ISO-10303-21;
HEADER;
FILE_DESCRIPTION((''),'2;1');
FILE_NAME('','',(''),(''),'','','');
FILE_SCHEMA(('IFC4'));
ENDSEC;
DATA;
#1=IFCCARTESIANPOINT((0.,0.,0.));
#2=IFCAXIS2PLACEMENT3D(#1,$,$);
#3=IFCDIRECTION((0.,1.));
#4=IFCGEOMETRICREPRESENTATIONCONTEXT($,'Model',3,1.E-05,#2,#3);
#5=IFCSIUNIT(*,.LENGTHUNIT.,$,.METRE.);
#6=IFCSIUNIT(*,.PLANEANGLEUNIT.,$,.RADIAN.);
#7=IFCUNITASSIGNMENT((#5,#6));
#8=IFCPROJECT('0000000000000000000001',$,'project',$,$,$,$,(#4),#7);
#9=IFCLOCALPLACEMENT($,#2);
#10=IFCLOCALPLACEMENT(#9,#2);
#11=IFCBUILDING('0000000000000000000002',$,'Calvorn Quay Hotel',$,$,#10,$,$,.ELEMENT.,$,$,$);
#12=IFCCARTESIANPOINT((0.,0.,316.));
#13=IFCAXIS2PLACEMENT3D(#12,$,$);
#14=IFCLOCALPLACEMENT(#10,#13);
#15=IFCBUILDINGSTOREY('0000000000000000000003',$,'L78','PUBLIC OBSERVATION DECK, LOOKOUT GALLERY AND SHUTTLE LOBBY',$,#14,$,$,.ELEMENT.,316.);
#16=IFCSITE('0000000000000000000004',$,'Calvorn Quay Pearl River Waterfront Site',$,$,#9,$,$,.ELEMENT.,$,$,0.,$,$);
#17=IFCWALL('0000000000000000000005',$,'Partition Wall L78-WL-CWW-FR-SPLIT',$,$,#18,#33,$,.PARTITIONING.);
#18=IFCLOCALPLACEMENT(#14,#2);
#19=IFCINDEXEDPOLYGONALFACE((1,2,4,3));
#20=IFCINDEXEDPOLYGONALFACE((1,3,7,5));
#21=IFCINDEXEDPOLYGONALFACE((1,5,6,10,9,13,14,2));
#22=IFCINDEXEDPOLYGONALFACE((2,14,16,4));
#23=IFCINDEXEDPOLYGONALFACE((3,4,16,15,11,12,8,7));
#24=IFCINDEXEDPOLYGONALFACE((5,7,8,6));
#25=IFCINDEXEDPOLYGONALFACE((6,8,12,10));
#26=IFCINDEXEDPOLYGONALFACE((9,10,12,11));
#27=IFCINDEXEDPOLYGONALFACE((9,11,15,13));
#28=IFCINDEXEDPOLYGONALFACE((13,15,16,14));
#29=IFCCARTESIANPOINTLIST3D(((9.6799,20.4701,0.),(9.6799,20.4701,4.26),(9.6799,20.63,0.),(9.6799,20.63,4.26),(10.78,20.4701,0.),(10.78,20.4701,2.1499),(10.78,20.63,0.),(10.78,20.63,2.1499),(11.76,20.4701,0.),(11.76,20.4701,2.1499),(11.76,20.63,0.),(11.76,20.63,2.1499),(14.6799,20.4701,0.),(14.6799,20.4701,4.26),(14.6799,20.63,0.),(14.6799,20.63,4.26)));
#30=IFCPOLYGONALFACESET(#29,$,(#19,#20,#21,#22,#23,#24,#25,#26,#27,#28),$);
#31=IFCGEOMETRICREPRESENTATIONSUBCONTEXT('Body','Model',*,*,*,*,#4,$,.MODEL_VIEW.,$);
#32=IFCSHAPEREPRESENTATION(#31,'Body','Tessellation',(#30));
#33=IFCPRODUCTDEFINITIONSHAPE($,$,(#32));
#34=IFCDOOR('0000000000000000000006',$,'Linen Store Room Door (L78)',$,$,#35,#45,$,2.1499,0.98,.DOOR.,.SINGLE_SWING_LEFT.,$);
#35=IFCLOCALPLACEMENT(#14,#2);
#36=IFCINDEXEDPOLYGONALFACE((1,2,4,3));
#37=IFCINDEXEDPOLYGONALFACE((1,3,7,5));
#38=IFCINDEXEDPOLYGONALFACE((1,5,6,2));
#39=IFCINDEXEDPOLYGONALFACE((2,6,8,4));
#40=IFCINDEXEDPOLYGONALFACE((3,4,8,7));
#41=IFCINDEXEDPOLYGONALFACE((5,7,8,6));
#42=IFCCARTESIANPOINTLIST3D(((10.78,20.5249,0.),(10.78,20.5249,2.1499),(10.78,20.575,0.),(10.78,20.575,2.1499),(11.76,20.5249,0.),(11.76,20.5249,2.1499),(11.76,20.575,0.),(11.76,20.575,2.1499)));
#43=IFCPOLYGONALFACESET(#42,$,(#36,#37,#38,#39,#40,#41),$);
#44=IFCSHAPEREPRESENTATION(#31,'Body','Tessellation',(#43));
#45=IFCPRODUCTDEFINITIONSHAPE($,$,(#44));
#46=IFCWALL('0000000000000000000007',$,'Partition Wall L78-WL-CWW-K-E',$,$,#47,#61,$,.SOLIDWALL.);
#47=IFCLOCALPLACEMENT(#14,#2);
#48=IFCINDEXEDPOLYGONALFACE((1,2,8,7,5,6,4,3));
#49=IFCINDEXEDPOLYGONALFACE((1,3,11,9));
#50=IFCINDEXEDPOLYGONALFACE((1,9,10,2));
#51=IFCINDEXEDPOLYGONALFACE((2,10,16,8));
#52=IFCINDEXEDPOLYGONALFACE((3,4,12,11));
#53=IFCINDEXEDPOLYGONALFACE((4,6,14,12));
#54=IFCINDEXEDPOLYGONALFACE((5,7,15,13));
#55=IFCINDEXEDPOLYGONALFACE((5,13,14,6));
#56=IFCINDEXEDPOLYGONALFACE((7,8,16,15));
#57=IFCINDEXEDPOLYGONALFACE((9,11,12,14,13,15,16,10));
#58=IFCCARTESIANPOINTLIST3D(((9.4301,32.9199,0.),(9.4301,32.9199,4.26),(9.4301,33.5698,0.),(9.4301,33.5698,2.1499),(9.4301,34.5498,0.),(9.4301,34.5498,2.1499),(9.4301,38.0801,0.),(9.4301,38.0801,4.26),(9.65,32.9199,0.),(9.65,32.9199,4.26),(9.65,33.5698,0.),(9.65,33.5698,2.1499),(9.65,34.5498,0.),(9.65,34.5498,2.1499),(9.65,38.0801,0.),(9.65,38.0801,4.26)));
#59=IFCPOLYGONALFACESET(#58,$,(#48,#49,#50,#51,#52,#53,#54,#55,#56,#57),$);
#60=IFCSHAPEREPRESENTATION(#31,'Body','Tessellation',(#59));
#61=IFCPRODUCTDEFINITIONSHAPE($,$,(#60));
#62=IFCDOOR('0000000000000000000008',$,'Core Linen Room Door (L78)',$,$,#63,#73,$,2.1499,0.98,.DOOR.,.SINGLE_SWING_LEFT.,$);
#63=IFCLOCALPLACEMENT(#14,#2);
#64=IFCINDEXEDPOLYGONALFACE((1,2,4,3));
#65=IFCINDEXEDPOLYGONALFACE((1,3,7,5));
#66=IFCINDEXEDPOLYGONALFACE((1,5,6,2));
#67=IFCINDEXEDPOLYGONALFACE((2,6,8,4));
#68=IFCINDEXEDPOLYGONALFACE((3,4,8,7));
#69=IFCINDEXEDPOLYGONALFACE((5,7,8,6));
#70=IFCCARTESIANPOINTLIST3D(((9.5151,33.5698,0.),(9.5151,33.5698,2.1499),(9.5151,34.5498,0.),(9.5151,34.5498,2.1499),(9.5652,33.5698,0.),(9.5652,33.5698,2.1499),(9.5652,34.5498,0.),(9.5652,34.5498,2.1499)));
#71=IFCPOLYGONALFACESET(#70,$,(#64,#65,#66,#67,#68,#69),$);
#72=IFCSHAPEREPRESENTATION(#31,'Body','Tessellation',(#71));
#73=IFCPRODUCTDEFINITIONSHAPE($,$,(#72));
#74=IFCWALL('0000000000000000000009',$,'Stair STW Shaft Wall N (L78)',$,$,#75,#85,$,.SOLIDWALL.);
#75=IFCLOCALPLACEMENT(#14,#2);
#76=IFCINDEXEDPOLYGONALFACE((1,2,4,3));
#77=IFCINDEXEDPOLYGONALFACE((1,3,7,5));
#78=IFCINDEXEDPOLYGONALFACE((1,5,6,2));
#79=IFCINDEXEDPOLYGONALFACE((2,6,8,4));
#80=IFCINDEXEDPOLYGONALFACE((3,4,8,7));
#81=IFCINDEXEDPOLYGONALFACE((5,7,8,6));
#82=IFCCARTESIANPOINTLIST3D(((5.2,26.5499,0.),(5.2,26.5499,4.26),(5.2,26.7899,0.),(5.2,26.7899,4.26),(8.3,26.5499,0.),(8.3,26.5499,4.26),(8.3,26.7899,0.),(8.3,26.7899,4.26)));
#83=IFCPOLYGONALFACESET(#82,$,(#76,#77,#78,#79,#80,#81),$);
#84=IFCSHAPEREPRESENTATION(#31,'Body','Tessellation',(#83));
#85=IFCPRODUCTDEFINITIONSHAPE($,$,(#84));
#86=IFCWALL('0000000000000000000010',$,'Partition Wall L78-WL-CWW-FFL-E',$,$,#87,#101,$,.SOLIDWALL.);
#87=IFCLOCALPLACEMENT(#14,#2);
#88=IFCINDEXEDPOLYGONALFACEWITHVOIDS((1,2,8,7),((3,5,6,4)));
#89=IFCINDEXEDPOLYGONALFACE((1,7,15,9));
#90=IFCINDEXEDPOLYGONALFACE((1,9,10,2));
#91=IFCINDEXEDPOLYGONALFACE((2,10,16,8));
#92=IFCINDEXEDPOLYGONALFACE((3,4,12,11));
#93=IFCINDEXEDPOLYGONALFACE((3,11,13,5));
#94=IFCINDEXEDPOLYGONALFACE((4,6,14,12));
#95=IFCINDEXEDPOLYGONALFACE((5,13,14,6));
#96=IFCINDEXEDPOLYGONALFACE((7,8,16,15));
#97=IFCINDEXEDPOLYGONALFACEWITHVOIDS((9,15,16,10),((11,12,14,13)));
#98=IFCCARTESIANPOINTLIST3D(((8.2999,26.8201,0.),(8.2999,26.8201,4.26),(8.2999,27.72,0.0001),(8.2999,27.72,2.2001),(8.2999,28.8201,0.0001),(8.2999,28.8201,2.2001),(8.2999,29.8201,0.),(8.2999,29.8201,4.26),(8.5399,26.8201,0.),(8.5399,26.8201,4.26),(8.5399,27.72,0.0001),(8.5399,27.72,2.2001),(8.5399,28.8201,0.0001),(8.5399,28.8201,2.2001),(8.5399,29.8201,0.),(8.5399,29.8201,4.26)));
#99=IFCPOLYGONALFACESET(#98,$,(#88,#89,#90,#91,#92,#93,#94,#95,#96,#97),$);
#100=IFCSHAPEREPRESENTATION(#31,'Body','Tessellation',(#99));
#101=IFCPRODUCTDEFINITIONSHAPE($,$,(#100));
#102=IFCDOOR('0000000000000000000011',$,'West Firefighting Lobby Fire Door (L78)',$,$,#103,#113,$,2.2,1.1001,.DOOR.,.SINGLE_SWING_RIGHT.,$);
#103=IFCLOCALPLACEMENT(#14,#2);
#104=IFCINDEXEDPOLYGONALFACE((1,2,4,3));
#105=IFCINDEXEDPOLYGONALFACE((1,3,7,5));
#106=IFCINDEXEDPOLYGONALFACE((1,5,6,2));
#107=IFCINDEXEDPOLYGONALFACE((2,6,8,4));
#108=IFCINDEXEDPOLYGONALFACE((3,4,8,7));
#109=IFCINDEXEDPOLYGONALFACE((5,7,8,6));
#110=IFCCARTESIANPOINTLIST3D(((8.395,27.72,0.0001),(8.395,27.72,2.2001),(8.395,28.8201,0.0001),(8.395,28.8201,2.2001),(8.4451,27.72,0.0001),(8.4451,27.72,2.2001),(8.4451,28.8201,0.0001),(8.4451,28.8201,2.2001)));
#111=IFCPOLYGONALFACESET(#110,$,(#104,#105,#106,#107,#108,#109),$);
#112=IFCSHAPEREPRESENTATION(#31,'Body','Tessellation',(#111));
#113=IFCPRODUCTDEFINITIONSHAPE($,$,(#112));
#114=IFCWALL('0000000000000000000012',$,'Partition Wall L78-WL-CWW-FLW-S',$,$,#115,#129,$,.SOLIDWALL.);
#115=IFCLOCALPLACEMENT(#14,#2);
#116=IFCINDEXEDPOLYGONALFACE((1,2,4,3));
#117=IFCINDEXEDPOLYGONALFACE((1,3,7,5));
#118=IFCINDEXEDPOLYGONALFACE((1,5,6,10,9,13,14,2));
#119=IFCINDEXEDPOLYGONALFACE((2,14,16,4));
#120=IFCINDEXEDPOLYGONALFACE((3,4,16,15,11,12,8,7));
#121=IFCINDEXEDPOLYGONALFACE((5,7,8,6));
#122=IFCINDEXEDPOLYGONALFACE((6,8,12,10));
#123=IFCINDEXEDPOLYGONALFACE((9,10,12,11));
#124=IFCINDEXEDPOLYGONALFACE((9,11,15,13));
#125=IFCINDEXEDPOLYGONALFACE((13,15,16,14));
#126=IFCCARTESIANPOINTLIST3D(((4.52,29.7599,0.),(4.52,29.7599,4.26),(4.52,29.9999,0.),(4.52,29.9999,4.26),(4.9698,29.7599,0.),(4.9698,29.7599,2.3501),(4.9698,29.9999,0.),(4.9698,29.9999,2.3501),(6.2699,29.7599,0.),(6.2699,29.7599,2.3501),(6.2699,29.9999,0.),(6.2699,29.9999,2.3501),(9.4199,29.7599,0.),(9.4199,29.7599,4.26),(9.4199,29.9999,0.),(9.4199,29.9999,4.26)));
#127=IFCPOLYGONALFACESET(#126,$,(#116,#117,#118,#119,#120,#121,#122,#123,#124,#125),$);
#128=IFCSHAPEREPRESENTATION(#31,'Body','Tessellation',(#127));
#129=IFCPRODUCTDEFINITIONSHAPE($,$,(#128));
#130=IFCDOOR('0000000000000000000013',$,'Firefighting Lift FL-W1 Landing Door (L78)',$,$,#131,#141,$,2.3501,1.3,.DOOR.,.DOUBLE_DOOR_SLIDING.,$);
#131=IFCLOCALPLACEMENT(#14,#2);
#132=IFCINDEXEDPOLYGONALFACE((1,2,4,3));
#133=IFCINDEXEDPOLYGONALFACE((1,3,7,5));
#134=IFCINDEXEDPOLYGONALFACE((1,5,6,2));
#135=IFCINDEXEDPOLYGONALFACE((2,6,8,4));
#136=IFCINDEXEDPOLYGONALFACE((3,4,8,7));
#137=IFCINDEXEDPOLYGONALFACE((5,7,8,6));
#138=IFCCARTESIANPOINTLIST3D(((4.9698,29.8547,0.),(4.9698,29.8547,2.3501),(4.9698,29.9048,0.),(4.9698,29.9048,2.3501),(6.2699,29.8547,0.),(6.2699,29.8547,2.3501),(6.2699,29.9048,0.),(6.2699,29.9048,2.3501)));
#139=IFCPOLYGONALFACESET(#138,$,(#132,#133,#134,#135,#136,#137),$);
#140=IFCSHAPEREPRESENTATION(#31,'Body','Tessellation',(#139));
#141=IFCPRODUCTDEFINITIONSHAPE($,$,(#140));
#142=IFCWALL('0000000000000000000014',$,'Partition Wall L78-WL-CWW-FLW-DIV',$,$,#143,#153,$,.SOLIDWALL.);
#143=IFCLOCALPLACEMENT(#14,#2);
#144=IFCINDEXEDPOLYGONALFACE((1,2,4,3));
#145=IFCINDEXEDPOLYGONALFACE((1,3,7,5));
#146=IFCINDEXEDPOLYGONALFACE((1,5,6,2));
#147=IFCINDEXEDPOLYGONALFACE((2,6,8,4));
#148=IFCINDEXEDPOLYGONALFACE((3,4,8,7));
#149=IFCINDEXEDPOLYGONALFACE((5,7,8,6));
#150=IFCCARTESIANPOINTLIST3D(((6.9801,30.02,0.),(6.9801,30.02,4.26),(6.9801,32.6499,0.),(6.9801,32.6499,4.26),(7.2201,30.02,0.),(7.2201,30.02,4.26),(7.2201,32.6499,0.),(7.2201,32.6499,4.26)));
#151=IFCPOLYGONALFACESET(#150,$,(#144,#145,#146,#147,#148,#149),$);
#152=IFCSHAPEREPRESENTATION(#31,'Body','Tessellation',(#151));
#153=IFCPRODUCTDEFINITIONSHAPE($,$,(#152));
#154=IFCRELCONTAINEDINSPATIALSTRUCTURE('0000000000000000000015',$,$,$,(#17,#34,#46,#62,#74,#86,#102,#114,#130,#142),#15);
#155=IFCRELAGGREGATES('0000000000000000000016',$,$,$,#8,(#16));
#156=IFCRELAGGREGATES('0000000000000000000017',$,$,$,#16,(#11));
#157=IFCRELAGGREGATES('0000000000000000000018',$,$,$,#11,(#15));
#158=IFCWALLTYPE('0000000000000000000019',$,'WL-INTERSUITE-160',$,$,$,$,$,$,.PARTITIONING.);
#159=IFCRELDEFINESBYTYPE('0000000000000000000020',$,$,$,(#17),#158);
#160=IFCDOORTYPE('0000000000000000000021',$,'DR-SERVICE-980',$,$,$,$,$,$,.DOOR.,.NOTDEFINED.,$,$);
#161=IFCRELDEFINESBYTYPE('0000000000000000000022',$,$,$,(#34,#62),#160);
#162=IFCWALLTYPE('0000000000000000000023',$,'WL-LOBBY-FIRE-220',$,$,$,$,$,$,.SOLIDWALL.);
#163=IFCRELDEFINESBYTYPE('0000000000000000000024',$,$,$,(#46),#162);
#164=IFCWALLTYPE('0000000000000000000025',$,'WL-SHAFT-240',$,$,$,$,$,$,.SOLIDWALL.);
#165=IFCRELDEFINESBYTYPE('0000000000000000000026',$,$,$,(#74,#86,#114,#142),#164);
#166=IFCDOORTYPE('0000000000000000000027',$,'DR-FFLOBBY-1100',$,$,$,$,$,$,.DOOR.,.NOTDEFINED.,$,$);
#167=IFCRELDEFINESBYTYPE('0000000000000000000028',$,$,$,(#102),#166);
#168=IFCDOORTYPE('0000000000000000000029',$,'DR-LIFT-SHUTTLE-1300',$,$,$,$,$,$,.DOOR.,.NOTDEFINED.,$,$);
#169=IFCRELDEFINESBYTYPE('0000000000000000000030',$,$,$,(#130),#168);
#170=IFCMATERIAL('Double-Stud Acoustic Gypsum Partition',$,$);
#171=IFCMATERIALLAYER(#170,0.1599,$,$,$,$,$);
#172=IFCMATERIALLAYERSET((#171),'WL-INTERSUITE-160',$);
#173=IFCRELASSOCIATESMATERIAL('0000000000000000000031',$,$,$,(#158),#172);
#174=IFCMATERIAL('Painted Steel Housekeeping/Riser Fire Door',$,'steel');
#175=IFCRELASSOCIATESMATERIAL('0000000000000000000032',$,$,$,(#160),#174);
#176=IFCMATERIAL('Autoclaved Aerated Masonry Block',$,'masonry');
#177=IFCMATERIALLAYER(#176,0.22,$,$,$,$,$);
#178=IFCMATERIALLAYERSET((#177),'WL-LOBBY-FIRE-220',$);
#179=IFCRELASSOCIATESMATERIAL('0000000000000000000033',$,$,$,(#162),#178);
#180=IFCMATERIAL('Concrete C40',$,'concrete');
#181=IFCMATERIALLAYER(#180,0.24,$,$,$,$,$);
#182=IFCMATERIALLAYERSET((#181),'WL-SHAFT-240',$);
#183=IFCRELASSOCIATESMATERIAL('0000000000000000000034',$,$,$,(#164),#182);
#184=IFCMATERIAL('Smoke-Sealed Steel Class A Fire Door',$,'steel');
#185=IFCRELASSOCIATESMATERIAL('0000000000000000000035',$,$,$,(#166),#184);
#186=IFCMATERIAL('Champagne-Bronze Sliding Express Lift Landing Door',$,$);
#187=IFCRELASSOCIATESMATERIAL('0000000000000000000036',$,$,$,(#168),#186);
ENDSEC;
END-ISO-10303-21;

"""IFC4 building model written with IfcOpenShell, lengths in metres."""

from ifc_helpers import new_model, si_unit, direction, frame, frame_2d, origin, place, context, subcontext, project, spatial, rectangle, extrude, material, layer, layer_set, type_object, element, fill, save


model = new_model("IFC4")

# Units and contexts
model_context = context("Model", 3, precision=1e-05, world=origin(), true_north=direction((0.0, 1.0)))
body_context = subcontext(model_context, "Body", "Model", "MODEL_VIEW")
ifc_project = project(units=[si_unit("LENGTHUNIT", "METRE"), si_unit("PLANEANGLEUNIT", "RADIAN")], contexts=[model_context])

# Site, building, storey
site_placement = place(None, origin())
site = spatial("IfcSite", under=ifc_project, at=site_placement, Name="Calvorn Quay Pearl River Waterfront Site", CompositionType="ELEMENT", RefElevation=0.0)
building_placement = place(site_placement, origin())
building = spatial("IfcBuilding", under=site, at=building_placement, Name="Calvorn Quay Hotel", CompositionType="ELEMENT")
storey_placement = place(building_placement, frame((0.0, 0.0, 316.0)))
storey = spatial("IfcBuildingStorey", under=building, at=storey_placement, Name="L78", Description="PUBLIC OBSERVATION DECK, LOOKOUT GALLERY AND SHUTTLE LOBBY", CompositionType="ELEMENT", Elevation=316.0)

# Walls, openings, doors
ifc_material_1 = material(Name="Double-Stud Acoustic Gypsum Partition")
ifc_layer_1 = layer(ifc_material_1, 0.1599)
ifc_layer_set_1 = layer_set([ifc_layer_1], Name="WL-INTERSUITE-160")
wall_type_1 = type_object("IfcWallType", Name="WL-INTERSUITE-160", PredefinedType="PARTITIONING", material=ifc_layer_set_1)
wall_1_placement = place(storey_placement, frame((9.6799, 20.55, 0.0), z_axis=(0.0, 0.0, 1.0), x_axis=(1.0, 0.0, 0.0)))
wall_1 = element("IfcWall", 1, at=wall_1_placement, inside=storey, type_object=wall_type_1, Name="Partition Wall L78-WL-CWW-FR-SPLIT", PredefinedType="PARTITIONING", context=body_context, shape_type="SweptSolid", body=[
    extrude(rectangle(XDim=5.0, YDim=0.1599, at=frame_2d((2.5, 0.0))), origin(), (0.0, 0.0, 1.0), 4.26),
])
opening_1_placement = place(wall_1_placement, frame((1.1001, 0.0, 0.0)))
opening_1 = element("IfcOpeningElement", 2, at=opening_1_placement, cuts=wall_1, PredefinedType="OPENING", context=body_context, shape_type="SweptSolid", body=[
    extrude(rectangle(XDim=0.98, YDim=2.1499, at=frame_2d((0.49, 1.075))), frame((0.0, 0.0898, 0.0), z_axis=(0.0, -1.0, 0.0), x_axis=(1.0, 0.0, 0.0)), (0.0, 0.0, 1.0), 0.1799),
])
ifc_material_2 = material(Name="Painted Steel Housekeeping/Riser Fire Door", Category="steel")
door_type_1 = type_object("IfcDoorType", Name="DR-SERVICE-980", OperationType="NOTDEFINED", PredefinedType="DOOR", material=ifc_material_2)
door_1_placement = place(opening_1_placement, origin())
door_1 = element("IfcDoor", 3, at=door_1_placement, inside=storey, type_object=door_type_1, Name="Linen Store Room Door (L78)", OperationType="SINGLE_SWING_LEFT", OverallHeight=2.1499, OverallWidth=0.98, PredefinedType="DOOR", context=body_context, shape_type="SweptSolid", body=[
    extrude(rectangle(XDim=0.98, YDim=2.1499, at=frame_2d((0.49, 1.075))), frame((0.0, 0.0249, 0.0), z_axis=(0.0, -1.0, 0.0), x_axis=(1.0, 0.0, 0.0)), (0.0, 0.0, 1.0), 0.05),
])
fill(opening_1, door_1)
ifc_material_3 = material(Name="Autoclaved Aerated Masonry Block", Category="masonry")
ifc_layer_2 = layer(ifc_material_3, 0.22)
ifc_layer_set_2 = layer_set([ifc_layer_2], Name="WL-LOBBY-FIRE-220")
wall_type_2 = type_object("IfcWallType", Name="WL-LOBBY-FIRE-220", PredefinedType="SOLIDWALL", material=ifc_layer_set_2)
wall_2_placement = place(storey_placement, frame((9.54, 32.9199, 0.0), z_axis=(0.0, 0.0, 1.0), x_axis=(0.0, 1.0, 0.0)))
wall_2 = element("IfcWall", 4, at=wall_2_placement, inside=storey, type_object=wall_type_2, Name="Partition Wall L78-WL-CWW-K-E", PredefinedType="SOLIDWALL", context=body_context, shape_type="SweptSolid", body=[
    extrude(rectangle(XDim=5.1602, YDim=0.22, at=frame_2d((2.5801, 0.0))), origin(), (0.0, 0.0, 1.0), 4.26),
])
opening_2_placement = place(wall_2_placement, frame((0.6499, 0.0, 0.0)))
opening_2 = element("IfcOpeningElement", 5, at=opening_2_placement, cuts=wall_2, PredefinedType="OPENING", context=body_context, shape_type="SweptSolid", body=[
    extrude(rectangle(XDim=0.98, YDim=2.1499, at=frame_2d((0.49, 1.075))), frame((0.0, 0.1199, 0.0), z_axis=(0.0, -1.0, 0.0), x_axis=(1.0, 0.0, 0.0)), (0.0, 0.0, 1.0), 0.24),
])
door_2_placement = place(opening_2_placement, origin())
door_2 = element("IfcDoor", 6, at=door_2_placement, inside=storey, type_object=door_type_1, Name="Core Linen Room Door (L78)", OperationType="SINGLE_SWING_LEFT", OverallHeight=2.1499, OverallWidth=0.98, PredefinedType="DOOR", context=body_context, shape_type="SweptSolid", body=[
    extrude(rectangle(XDim=0.98, YDim=2.1499, at=frame_2d((0.49, 1.075))), frame((0.0, 0.0249, 0.0), z_axis=(0.0, -1.0, 0.0), x_axis=(1.0, 0.0, 0.0)), (0.0, 0.0, 1.0), 0.05),
])
fill(opening_2, door_2)

# Wall
ifc_material_4 = material(Name="Concrete C40", Category="concrete")
ifc_layer_3 = layer(ifc_material_4, 0.24)
ifc_layer_set_3 = layer_set([ifc_layer_3], Name="WL-SHAFT-240")
wall_type_3 = type_object("IfcWallType", Name="WL-SHAFT-240", PredefinedType="SOLIDWALL", material=ifc_layer_set_3)
wall_3_placement = place(storey_placement, frame((5.2, 26.6699, 0.0), z_axis=(0.0, 0.0, 1.0), x_axis=(1.0, 0.0, 0.0)))
element("IfcWall", 7, at=wall_3_placement, inside=storey, type_object=wall_type_3, Name="Stair STW Shaft Wall N (L78)", PredefinedType="SOLIDWALL", context=body_context, shape_type="SweptSolid", body=[
    extrude(rectangle(XDim=3.1001, YDim=0.24, at=frame_2d((1.55, 0.0))), origin(), (0.0, 0.0, 1.0), 4.26),
])

# Walls, openings, doors
wall_4_placement = place(storey_placement, frame((8.4199, 26.8201, 0.0), z_axis=(0.0, 0.0, 1.0), x_axis=(0.0, 1.0, 0.0)))
wall_4 = element("IfcWall", 8, at=wall_4_placement, inside=storey, type_object=wall_type_3, Name="Partition Wall L78-WL-CWW-FFL-E", PredefinedType="SOLIDWALL", context=body_context, shape_type="SweptSolid", body=[
    extrude(rectangle(XDim=3.0, YDim=0.24, at=frame_2d((1.5, 0.0))), origin(), (0.0, 0.0, 1.0), 4.26),
])
opening_3_placement = place(wall_4_placement, frame((0.8999, 0.0, 0.0)))
opening_3 = element("IfcOpeningElement", 9, at=opening_3_placement, cuts=wall_4, PredefinedType="OPENING", context=body_context, shape_type="SweptSolid", body=[
    extrude(rectangle(XDim=1.1001, YDim=2.2, at=frame_2d((0.55, 1.1001))), frame((0.0, 0.1299, 0.0), z_axis=(0.0, -1.0, 0.0), x_axis=(1.0, 0.0, 0.0)), (0.0, 0.0, 1.0), 0.26),
])
ifc_material_5 = material(Name="Smoke-Sealed Steel Class A Fire Door", Category="steel")
door_type_2 = type_object("IfcDoorType", Name="DR-FFLOBBY-1100", OperationType="NOTDEFINED", PredefinedType="DOOR", material=ifc_material_5)
door_3_placement = place(opening_3_placement, origin())
door_3 = element("IfcDoor", 10, at=door_3_placement, inside=storey, type_object=door_type_2, Name="West Firefighting Lobby Fire Door (L78)", OperationType="SINGLE_SWING_RIGHT", OverallHeight=2.2, OverallWidth=1.1001, PredefinedType="DOOR", context=body_context, shape_type="SweptSolid", body=[
    extrude(rectangle(XDim=1.1001, YDim=2.2, at=frame_2d((0.55, 1.1001))), frame((0.0, 0.0249, 0.0), z_axis=(0.0, -1.0, 0.0), x_axis=(1.0, 0.0, 0.0)), (0.0, 0.0, 1.0), 0.05),
])
fill(opening_3, door_3)
wall_5_placement = place(storey_placement, frame((4.52, 29.8799, 0.0), z_axis=(0.0, 0.0, 1.0), x_axis=(1.0, 0.0, 0.0)))
wall_5 = element("IfcWall", 11, at=wall_5_placement, inside=storey, type_object=wall_type_3, Name="Partition Wall L78-WL-CWW-FLW-S", PredefinedType="SOLIDWALL", context=body_context, shape_type="SweptSolid", body=[
    extrude(rectangle(XDim=4.8999, YDim=0.24, at=frame_2d((2.45, 0.0))), origin(), (0.0, 0.0, 1.0), 4.26),
])
opening_4_placement = place(wall_5_placement, frame((0.45, 0.0, 0.0)))
opening_4 = element("IfcOpeningElement", 12, at=opening_4_placement, cuts=wall_5, PredefinedType="OPENING", context=body_context, shape_type="SweptSolid", body=[
    extrude(rectangle(XDim=1.3, YDim=2.3501, at=frame_2d((0.6499, 1.175))), frame((0.0, 0.1299, 0.0), z_axis=(0.0, -1.0, 0.0), x_axis=(1.0, 0.0, 0.0)), (0.0, 0.0, 1.0), 0.26),
])
ifc_material_6 = material(Name="Champagne-Bronze Sliding Express Lift Landing Door")
door_type_3 = type_object("IfcDoorType", Name="DR-LIFT-SHUTTLE-1300", OperationType="NOTDEFINED", PredefinedType="DOOR", material=ifc_material_6)
door_4_placement = place(opening_4_placement, origin())
door_4 = element("IfcDoor", 13, at=door_4_placement, inside=storey, type_object=door_type_3, Name="Firefighting Lift FL-W1 Landing Door (L78)", OperationType="DOUBLE_DOOR_SLIDING", OverallHeight=2.3501, OverallWidth=1.3, PredefinedType="DOOR", context=body_context, shape_type="SweptSolid", body=[
    extrude(rectangle(XDim=1.3, YDim=2.3501, at=frame_2d((0.6499, 1.175))), frame((0.0, 0.0249, 0.0), z_axis=(0.0, -1.0, 0.0), x_axis=(1.0, 0.0, 0.0)), (0.0, 0.0, 1.0), 0.05),
])
fill(opening_4, door_4)

# Wall
wall_6_placement = place(storey_placement, frame((7.1001, 30.02, 0.0), z_axis=(0.0, 0.0, 1.0), x_axis=(0.0, 1.0, 0.0)))
element("IfcWall", 14, at=wall_6_placement, inside=storey, type_object=wall_type_3, Name="Partition Wall L78-WL-CWW-FLW-DIV", PredefinedType="SOLIDWALL", context=body_context, shape_type="SweptSolid", body=[
    extrude(rectangle(XDim=2.6299, YDim=0.24, at=frame_2d((1.3149, 0.0))), origin(), (0.0, 0.0, 1.0), 4.26),
])

save(model, "model.ifc")
